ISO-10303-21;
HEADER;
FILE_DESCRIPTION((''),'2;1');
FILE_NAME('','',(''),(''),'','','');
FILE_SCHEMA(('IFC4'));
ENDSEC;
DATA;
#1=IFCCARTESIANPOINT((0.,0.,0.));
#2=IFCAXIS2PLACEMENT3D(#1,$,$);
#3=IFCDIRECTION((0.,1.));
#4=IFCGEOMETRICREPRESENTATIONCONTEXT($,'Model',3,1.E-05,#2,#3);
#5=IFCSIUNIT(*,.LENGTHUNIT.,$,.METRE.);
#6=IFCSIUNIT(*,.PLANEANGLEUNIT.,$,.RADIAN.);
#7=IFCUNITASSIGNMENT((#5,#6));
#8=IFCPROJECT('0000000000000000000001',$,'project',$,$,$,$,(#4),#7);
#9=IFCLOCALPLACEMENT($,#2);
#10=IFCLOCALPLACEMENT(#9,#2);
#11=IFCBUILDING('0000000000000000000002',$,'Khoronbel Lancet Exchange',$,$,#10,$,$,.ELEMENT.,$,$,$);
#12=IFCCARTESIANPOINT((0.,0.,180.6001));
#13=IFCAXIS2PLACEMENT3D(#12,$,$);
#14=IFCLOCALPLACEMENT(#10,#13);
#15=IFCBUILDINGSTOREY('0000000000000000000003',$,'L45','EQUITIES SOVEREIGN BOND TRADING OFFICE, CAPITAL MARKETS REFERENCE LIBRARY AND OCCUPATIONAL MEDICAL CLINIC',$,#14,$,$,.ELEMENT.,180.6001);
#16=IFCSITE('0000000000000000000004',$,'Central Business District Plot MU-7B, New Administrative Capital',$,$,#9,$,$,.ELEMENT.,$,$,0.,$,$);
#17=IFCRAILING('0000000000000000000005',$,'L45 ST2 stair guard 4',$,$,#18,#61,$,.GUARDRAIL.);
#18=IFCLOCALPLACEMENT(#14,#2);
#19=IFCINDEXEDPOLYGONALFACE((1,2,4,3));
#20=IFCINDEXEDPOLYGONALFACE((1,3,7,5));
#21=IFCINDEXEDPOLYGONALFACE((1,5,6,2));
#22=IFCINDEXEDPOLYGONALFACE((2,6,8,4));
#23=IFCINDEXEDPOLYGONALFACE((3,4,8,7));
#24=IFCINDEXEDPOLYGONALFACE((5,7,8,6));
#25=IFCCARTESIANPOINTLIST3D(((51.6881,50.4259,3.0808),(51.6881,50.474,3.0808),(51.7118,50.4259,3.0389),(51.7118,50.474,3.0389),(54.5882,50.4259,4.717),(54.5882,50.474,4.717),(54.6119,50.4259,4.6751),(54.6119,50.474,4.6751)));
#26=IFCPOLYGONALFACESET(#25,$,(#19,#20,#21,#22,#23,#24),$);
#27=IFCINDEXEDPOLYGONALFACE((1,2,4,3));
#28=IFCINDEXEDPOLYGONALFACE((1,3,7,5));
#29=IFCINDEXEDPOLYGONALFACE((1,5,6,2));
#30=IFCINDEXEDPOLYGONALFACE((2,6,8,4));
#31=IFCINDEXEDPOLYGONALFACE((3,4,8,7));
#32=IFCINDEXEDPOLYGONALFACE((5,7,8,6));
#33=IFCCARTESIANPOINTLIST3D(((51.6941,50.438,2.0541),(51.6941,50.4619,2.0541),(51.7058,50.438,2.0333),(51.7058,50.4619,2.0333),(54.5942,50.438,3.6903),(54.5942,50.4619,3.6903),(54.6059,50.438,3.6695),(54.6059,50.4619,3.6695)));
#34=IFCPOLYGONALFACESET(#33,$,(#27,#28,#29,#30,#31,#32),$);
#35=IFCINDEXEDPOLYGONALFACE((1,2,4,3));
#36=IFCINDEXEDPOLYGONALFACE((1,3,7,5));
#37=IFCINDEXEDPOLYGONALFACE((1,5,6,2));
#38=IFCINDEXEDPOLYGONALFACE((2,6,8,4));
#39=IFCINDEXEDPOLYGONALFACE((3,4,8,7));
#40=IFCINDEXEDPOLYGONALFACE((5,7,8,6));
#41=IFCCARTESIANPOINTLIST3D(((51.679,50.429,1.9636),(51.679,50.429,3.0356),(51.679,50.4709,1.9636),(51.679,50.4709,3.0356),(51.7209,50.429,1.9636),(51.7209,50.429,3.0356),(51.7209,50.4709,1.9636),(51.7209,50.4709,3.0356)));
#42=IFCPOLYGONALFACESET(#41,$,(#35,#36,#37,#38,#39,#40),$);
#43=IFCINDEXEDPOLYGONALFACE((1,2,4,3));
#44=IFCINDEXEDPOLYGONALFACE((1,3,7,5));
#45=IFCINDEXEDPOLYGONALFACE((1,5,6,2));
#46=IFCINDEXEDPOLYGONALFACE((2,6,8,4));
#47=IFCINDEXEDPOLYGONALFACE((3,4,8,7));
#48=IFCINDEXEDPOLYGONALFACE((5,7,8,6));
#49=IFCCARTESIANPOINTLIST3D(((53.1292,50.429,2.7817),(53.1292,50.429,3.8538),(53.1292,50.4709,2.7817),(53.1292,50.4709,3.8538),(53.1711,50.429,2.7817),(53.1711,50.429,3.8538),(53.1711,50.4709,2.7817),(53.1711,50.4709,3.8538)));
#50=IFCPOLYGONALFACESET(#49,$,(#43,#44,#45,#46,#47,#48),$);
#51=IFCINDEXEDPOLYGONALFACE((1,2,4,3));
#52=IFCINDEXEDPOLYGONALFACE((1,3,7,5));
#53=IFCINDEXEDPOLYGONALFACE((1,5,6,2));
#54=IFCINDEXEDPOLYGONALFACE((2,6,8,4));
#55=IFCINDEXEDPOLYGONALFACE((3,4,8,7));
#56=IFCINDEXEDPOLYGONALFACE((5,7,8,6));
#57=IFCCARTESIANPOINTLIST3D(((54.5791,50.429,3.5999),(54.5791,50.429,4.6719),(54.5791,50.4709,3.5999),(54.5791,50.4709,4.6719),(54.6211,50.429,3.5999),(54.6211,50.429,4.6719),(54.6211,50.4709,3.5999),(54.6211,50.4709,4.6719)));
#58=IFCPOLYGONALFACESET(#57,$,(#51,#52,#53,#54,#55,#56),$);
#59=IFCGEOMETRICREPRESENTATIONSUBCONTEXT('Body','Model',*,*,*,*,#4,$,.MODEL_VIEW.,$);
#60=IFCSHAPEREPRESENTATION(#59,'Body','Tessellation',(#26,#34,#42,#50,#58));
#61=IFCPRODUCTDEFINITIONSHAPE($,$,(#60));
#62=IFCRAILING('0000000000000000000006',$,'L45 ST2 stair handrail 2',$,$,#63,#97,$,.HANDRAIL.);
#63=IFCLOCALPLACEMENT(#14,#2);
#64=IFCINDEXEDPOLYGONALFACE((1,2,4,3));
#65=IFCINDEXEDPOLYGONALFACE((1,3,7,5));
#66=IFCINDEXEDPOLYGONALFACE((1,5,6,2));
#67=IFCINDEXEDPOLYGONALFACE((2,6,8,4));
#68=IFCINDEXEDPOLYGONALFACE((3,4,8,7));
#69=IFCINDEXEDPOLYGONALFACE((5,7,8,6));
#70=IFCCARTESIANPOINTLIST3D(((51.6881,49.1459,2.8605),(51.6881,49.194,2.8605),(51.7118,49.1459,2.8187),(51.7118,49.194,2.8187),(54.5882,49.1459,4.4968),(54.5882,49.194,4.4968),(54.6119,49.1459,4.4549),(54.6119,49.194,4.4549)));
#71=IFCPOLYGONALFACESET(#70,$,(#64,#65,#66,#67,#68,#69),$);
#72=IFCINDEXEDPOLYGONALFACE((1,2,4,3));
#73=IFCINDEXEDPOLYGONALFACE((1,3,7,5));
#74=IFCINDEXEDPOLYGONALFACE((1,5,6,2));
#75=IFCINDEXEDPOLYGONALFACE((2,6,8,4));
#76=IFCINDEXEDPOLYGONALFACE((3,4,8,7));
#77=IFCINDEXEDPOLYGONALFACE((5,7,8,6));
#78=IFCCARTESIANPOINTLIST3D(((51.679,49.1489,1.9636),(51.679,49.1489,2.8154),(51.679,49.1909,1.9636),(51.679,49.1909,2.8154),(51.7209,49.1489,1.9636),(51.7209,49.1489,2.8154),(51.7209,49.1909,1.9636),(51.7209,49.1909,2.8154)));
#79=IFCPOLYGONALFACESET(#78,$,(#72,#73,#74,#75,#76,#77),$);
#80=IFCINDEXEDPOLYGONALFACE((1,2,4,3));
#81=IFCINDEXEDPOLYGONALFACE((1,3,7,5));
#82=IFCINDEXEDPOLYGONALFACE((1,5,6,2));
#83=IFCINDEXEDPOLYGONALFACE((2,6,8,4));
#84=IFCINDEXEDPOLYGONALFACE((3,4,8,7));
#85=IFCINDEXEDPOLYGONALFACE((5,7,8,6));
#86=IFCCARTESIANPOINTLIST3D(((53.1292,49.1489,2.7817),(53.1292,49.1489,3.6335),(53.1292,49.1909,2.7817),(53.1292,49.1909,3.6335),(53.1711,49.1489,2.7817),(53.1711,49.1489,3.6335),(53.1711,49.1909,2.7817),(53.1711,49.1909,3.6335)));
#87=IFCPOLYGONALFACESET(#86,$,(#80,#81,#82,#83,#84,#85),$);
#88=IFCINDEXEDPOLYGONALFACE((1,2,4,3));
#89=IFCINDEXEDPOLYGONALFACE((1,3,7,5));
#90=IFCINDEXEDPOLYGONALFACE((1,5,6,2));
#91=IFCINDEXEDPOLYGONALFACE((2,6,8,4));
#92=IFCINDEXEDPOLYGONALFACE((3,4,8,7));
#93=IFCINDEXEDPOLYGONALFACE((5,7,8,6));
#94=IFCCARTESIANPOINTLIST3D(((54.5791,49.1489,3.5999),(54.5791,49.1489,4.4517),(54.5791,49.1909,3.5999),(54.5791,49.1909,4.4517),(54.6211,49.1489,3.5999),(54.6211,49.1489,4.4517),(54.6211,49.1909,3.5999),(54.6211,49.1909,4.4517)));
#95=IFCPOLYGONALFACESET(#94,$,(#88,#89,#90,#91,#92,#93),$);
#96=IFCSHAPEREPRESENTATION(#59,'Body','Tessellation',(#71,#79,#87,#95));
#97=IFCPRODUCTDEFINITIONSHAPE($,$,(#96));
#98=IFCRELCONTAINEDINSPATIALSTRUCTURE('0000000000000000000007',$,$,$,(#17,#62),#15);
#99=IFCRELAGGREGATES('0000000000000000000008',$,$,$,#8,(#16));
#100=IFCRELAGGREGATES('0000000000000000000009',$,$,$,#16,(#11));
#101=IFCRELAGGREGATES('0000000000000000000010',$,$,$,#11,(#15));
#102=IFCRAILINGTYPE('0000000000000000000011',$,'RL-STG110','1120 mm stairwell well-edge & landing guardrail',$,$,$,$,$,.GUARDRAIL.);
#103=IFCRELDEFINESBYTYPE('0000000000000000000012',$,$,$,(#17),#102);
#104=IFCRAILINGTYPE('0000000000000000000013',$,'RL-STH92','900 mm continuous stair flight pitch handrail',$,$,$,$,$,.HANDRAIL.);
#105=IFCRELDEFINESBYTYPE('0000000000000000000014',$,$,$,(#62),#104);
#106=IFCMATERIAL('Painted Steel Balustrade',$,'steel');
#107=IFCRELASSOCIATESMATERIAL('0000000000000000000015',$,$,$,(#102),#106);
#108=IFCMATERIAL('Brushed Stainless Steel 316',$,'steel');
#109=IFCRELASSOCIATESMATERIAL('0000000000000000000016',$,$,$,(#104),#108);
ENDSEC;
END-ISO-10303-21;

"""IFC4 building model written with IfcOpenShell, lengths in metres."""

from ifc_helpers import new_model, si_unit, direction, frame, origin, origin_2d, place, context, subcontext, project, spatial, rectangle, extrude, material, type_object, element, save


model = new_model("IFC4")

# Units and contexts
model_context = context("Model", 3, precision=1e-05, world=origin(), true_north=direction((0.0, 1.0)))
body_context = subcontext(model_context, "Body", "Model", "MODEL_VIEW")
ifc_project = project(units=[si_unit("LENGTHUNIT", "METRE"), si_unit("PLANEANGLEUNIT", "RADIAN")], contexts=[model_context])

# Site, building, storey
site_placement = place(None, origin())
site = spatial("IfcSite", under=ifc_project, at=site_placement, Name="Central Business District Plot MU-7B, New Administrative Capital", CompositionType="ELEMENT", RefElevation=0.0)
building_placement = place(site_placement, origin())
building = spatial("IfcBuilding", under=site, at=building_placement, Name="Khoronbel Lancet Exchange", CompositionType="ELEMENT")
storey_placement = place(building_placement, frame((0.0, 0.0, 180.6001)))
storey = spatial("IfcBuildingStorey", under=building, at=storey_placement, Name="L45", Description="EQUITIES SOVEREIGN BOND TRADING OFFICE, CAPITAL MARKETS REFERENCE LIBRARY AND OCCUPATIONAL MEDICAL CLINIC", CompositionType="ELEMENT", Elevation=180.6001)

# Railings
ifc_material_1 = material(Name="Painted Steel Balustrade", Category="steel")
railing_type_1 = type_object("IfcRailingType", Name="RL-STG110", Description="1120 mm stairwell well-edge & landing guardrail", PredefinedType="GUARDRAIL", material=ifc_material_1)
railing_1_placement = place(storey_placement, frame((51.7, 50.45, 1.9636)))
element("IfcRailing", 1, at=railing_1_placement, inside=storey, type_object=railing_type_1, Name="L45 ST2 stair guard 4", PredefinedType="GUARDRAIL", context=body_context, shape_type="SweptSolid", body=[
    extrude(rectangle(XDim=0.0481, YDim=0.0481, at=origin_2d()), frame((0.0, 0.0, 1.0962), z_axis=(0.870946, 0.0, 0.491378), x_axis=(0.0, 1.0, 0.0)), (0.0, 0.0, 1.0), 3.3298),
    extrude(rectangle(XDim=0.0239, YDim=0.0239, at=origin_2d()), frame((0.0, 0.0, 0.0801), z_axis=(0.870946, 0.0, 0.491378), x_axis=(0.0, 1.0, 0.0)), (0.0, 0.0, 1.0), 3.3298),
    extrude(rectangle(XDim=0.042, YDim=0.042, at=origin_2d()), origin(), (0.0, 0.0, 1.0), 1.072),
    extrude(rectangle(XDim=0.042, YDim=0.042, at=origin_2d()), frame((1.4502, 0.0, 0.8181)), (0.0, 0.0, 1.0), 1.072),
    extrude(rectangle(XDim=0.042, YDim=0.042, at=origin_2d()), frame((2.9001, 0.0, 1.6362)), (0.0, 0.0, 1.0), 1.072),
])
ifc_material_2 = material(Name="Brushed Stainless Steel 316", Category="steel")
railing_type_2 = type_object("IfcRailingType", Name="RL-STH92", Description="900 mm continuous stair flight pitch handrail", PredefinedType="HANDRAIL", material=ifc_material_2)
railing_2_placement = place(storey_placement, frame((51.7, 49.1699, 1.9636)))
element("IfcRailing", 2, at=railing_2_placement, inside=storey, type_object=railing_type_2, Name="L45 ST2 stair handrail 2", PredefinedType="HANDRAIL", context=body_context, shape_type="SweptSolid", body=[
    extrude(rectangle(XDim=0.0481, YDim=0.0481, at=origin_2d()), frame((0.0, 0.0, 0.876), z_axis=(0.870946, 0.0, 0.491378), x_axis=(0.0, 1.0, 0.0)), (0.0, 0.0, 1.0), 3.3298),
    extrude(rectangle(XDim=0.042, YDim=0.042, at=origin_2d()), origin(), (0.0, 0.0, 1.0), 0.8518),
    extrude(rectangle(XDim=0.042, YDim=0.042, at=origin_2d()), frame((1.4502, 0.0, 0.8181)), (0.0, 0.0, 1.0), 0.8518),
    extrude(rectangle(XDim=0.042, YDim=0.042, at=origin_2d()), frame((2.9001, 0.0, 1.6362)), (0.0, 0.0, 1.0), 0.8518),
])

save(model, "model.ifc")
